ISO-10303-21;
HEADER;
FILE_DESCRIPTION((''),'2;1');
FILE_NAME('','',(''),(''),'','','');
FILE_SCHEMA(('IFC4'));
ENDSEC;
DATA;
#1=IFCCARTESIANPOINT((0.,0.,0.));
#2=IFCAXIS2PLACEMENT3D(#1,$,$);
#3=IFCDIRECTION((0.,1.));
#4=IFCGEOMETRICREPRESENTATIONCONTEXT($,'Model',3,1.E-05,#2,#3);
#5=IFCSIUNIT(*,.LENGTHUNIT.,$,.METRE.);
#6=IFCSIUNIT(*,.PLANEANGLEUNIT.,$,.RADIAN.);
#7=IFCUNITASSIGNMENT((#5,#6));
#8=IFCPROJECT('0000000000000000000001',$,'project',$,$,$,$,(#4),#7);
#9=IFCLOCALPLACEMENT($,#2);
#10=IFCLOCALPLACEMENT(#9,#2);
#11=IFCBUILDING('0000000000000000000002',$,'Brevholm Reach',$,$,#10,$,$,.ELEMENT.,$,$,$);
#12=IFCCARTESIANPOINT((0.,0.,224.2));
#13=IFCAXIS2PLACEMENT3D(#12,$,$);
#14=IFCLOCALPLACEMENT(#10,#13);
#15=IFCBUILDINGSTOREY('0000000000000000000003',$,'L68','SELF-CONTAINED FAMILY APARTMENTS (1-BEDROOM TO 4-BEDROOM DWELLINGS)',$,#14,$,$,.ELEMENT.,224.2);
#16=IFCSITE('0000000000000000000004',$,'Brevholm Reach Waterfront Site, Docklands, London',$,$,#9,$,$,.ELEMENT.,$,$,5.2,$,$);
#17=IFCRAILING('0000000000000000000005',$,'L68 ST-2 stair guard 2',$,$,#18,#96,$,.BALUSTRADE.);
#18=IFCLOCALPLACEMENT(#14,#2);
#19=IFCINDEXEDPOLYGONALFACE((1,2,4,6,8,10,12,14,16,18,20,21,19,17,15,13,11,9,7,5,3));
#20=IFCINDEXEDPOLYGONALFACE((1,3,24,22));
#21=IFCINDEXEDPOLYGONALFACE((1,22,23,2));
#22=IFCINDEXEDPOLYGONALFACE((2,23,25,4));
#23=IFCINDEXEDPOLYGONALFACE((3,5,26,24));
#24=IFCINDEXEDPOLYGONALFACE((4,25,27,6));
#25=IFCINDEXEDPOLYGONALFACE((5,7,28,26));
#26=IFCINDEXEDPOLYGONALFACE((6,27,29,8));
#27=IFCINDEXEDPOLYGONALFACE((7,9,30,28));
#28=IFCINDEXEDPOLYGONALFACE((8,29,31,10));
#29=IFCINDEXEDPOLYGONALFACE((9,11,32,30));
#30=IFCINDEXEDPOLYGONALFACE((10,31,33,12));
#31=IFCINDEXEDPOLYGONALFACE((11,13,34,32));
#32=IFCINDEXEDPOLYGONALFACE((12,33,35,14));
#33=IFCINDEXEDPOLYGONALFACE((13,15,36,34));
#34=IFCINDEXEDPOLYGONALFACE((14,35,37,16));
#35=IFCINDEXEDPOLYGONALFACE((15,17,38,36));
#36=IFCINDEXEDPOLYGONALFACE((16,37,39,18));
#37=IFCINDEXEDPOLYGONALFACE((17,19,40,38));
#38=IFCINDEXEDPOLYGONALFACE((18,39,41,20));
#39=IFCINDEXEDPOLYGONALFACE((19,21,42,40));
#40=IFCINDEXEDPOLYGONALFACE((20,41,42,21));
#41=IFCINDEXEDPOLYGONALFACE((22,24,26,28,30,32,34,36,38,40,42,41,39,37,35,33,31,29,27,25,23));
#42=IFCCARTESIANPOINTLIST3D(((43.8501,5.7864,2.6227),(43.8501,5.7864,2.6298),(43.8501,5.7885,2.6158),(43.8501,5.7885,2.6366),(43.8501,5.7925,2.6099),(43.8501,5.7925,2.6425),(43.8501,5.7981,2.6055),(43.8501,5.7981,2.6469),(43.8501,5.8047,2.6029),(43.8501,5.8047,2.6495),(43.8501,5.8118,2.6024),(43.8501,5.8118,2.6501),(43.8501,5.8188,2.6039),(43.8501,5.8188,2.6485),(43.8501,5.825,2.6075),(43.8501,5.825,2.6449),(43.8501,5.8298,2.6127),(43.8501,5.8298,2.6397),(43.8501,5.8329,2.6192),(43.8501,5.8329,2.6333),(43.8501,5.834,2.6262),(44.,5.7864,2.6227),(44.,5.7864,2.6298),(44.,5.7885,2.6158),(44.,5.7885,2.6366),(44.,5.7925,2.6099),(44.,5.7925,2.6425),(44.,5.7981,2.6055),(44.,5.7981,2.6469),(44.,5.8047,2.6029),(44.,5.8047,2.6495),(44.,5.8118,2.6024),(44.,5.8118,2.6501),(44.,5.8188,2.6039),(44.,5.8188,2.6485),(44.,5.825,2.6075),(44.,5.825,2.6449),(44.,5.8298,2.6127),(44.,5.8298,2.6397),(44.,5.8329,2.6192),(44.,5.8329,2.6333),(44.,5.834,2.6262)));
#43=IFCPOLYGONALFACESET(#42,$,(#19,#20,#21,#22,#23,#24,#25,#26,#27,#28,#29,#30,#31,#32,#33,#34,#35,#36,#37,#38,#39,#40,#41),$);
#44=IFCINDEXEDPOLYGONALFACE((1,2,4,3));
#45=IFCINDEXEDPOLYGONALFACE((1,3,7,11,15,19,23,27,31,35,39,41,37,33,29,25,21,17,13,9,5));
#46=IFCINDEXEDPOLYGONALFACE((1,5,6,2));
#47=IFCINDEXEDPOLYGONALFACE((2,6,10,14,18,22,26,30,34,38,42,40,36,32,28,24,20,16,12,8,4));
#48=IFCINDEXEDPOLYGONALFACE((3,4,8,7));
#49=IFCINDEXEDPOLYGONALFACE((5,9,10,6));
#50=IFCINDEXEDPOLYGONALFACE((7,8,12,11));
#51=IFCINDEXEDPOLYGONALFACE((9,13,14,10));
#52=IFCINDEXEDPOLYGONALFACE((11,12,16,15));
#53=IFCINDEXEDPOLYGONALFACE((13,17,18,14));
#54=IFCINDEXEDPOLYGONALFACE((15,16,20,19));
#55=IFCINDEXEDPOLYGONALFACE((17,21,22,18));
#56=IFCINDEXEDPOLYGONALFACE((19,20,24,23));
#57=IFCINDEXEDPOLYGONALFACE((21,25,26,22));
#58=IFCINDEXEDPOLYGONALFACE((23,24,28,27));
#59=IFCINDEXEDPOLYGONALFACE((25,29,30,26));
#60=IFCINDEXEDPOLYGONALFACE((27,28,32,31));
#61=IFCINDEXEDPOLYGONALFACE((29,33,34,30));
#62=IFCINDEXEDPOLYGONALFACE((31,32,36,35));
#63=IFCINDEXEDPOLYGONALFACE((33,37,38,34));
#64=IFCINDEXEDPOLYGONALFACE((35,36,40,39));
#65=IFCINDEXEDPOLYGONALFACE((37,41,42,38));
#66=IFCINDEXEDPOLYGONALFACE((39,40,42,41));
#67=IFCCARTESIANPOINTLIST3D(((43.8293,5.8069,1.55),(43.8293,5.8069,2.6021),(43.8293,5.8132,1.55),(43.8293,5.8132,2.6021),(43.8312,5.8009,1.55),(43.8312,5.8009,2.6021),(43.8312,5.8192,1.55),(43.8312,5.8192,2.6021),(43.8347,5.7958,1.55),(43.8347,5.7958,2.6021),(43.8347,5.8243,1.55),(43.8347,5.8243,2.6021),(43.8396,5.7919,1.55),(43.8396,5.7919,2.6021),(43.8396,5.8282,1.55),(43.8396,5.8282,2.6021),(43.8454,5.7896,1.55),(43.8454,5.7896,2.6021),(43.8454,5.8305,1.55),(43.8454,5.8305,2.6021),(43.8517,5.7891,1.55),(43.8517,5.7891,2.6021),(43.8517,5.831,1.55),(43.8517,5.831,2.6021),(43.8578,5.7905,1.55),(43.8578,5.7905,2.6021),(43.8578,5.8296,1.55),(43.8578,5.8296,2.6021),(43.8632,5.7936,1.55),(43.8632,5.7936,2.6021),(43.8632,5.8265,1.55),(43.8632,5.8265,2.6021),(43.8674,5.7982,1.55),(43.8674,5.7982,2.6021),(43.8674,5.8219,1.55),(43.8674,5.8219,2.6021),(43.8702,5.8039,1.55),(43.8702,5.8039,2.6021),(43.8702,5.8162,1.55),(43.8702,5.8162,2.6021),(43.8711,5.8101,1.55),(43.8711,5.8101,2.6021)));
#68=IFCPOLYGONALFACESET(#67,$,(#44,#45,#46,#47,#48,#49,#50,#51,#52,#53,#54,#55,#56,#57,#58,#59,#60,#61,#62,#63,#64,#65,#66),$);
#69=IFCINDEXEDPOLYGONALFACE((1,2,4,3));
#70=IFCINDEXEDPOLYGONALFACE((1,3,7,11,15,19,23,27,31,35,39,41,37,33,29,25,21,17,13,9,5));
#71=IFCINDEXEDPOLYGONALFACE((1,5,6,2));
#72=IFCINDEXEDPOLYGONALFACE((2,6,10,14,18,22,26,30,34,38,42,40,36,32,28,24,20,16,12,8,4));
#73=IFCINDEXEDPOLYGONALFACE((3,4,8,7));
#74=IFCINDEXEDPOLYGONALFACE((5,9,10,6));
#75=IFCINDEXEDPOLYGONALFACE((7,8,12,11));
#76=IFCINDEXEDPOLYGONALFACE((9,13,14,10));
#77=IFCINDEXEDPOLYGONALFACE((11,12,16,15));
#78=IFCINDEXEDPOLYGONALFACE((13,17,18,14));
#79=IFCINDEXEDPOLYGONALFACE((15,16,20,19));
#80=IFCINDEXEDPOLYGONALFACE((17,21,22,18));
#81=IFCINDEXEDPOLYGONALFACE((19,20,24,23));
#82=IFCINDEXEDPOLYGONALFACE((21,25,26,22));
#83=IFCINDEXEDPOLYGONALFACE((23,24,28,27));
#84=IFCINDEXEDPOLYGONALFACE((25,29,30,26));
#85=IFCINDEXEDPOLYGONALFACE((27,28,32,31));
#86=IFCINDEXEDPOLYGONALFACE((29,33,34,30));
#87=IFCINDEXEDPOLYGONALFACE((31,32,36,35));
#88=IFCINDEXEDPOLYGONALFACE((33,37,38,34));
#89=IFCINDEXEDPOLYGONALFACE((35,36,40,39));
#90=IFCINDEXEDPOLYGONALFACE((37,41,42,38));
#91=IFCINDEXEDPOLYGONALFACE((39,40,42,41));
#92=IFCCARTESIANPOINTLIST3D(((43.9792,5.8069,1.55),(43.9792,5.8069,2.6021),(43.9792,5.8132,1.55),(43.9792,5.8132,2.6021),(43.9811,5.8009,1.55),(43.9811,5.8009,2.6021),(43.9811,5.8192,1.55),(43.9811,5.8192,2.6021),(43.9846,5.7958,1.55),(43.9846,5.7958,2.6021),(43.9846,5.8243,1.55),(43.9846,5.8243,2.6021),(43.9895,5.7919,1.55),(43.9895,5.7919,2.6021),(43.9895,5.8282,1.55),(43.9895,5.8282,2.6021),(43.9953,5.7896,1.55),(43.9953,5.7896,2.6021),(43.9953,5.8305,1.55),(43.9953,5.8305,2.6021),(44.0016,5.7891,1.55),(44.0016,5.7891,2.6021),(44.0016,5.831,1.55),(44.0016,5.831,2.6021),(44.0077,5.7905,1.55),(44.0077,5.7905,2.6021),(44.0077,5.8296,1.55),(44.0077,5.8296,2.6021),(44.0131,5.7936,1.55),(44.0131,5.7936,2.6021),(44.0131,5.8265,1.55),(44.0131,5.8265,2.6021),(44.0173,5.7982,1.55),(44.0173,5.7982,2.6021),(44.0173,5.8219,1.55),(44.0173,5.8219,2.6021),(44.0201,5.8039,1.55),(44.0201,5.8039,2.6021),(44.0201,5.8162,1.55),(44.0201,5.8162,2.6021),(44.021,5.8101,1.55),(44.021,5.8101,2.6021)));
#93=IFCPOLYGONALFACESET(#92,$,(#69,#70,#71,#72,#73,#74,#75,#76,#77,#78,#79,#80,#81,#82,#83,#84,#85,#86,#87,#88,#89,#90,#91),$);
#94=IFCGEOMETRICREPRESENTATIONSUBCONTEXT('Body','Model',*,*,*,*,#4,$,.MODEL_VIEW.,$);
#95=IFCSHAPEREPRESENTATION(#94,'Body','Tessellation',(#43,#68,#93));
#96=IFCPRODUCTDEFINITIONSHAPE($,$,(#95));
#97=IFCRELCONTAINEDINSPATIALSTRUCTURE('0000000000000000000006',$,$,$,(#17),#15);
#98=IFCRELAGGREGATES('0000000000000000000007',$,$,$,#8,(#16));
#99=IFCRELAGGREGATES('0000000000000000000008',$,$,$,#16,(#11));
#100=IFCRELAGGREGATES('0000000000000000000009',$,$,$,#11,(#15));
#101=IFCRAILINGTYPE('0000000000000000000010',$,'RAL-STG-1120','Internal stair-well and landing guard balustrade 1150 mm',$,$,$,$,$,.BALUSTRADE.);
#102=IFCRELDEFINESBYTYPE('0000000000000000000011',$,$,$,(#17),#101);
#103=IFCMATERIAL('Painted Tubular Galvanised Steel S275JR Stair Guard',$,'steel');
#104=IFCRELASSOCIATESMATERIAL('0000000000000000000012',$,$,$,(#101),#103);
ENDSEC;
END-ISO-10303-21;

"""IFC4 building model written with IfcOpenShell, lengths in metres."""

from ifc_helpers import new_model, si_unit, direction, frame, origin, origin_2d, place, context, subcontext, project, spatial, circle, extrude, material, type_object, element, save


model = new_model("IFC4")

# Units and contexts
model_context = context("Model", 3, precision=1e-05, world=origin(), true_north=direction((0.0, 1.0)))
body_context = subcontext(model_context, "Body", "Model", "MODEL_VIEW")
ifc_project = project(units=[si_unit("LENGTHUNIT", "METRE"), si_unit("PLANEANGLEUNIT", "RADIAN")], contexts=[model_context])

# Site, building, storey
site_placement = place(None, origin())
site = spatial("IfcSite", under=ifc_project, at=site_placement, Name="Brevholm Reach Waterfront Site, Docklands, London", CompositionType="ELEMENT", RefElevation=5.2)
building_placement = place(site_placement, origin())
building = spatial("IfcBuilding", under=site, at=building_placement, Name="Brevholm Reach", CompositionType="ELEMENT")
storey_placement = place(building_placement, frame((0.0, 0.0, 224.2)))
storey = spatial("IfcBuildingStorey", under=building, at=storey_placement, Name="L68", Description="SELF-CONTAINED FAMILY APARTMENTS (1-BEDROOM TO 4-BEDROOM DWELLINGS)", CompositionType="ELEMENT", Elevation=224.2)

# Railing
ifc_material_1 = material(Name="Painted Tubular Galvanised Steel S275JR Stair Guard", Category="steel")
railing_type_1 = type_object("IfcRailingType", Name="RAL-STG-1120", Description="Internal stair-well and landing guard balustrade 1150 mm", PredefinedType="BALUSTRADE", material=ifc_material_1)
railing_1_placement = place(storey_placement, frame((43.8501, 5.8101, 1.55)))
element("IfcRailing", 1, at=railing_1_placement, inside=storey, type_object=railing_type_1, Name="L68 ST-2 stair guard 2", PredefinedType="BALUSTRADE", context=body_context, shape_type="SweptSolid", body=[
    extrude(circle(Radius=0.0239, at=origin_2d()), frame((0.0, 0.0, 1.0762), z_axis=(1.0, 0.0, 0.0), x_axis=(0.0, 1.0, 0.0)), (0.0, 0.0, 1.0), 0.1499),
    extrude(circle(Radius=0.021, at=origin_2d()), origin(), (0.0, 0.0, 1.0), 1.052),
    extrude(circle(Radius=0.021, at=origin_2d()), frame((0.1499, 0.0, 0.0)), (0.0, 0.0, 1.0), 1.052),
])

save(model, "model.ifc")
